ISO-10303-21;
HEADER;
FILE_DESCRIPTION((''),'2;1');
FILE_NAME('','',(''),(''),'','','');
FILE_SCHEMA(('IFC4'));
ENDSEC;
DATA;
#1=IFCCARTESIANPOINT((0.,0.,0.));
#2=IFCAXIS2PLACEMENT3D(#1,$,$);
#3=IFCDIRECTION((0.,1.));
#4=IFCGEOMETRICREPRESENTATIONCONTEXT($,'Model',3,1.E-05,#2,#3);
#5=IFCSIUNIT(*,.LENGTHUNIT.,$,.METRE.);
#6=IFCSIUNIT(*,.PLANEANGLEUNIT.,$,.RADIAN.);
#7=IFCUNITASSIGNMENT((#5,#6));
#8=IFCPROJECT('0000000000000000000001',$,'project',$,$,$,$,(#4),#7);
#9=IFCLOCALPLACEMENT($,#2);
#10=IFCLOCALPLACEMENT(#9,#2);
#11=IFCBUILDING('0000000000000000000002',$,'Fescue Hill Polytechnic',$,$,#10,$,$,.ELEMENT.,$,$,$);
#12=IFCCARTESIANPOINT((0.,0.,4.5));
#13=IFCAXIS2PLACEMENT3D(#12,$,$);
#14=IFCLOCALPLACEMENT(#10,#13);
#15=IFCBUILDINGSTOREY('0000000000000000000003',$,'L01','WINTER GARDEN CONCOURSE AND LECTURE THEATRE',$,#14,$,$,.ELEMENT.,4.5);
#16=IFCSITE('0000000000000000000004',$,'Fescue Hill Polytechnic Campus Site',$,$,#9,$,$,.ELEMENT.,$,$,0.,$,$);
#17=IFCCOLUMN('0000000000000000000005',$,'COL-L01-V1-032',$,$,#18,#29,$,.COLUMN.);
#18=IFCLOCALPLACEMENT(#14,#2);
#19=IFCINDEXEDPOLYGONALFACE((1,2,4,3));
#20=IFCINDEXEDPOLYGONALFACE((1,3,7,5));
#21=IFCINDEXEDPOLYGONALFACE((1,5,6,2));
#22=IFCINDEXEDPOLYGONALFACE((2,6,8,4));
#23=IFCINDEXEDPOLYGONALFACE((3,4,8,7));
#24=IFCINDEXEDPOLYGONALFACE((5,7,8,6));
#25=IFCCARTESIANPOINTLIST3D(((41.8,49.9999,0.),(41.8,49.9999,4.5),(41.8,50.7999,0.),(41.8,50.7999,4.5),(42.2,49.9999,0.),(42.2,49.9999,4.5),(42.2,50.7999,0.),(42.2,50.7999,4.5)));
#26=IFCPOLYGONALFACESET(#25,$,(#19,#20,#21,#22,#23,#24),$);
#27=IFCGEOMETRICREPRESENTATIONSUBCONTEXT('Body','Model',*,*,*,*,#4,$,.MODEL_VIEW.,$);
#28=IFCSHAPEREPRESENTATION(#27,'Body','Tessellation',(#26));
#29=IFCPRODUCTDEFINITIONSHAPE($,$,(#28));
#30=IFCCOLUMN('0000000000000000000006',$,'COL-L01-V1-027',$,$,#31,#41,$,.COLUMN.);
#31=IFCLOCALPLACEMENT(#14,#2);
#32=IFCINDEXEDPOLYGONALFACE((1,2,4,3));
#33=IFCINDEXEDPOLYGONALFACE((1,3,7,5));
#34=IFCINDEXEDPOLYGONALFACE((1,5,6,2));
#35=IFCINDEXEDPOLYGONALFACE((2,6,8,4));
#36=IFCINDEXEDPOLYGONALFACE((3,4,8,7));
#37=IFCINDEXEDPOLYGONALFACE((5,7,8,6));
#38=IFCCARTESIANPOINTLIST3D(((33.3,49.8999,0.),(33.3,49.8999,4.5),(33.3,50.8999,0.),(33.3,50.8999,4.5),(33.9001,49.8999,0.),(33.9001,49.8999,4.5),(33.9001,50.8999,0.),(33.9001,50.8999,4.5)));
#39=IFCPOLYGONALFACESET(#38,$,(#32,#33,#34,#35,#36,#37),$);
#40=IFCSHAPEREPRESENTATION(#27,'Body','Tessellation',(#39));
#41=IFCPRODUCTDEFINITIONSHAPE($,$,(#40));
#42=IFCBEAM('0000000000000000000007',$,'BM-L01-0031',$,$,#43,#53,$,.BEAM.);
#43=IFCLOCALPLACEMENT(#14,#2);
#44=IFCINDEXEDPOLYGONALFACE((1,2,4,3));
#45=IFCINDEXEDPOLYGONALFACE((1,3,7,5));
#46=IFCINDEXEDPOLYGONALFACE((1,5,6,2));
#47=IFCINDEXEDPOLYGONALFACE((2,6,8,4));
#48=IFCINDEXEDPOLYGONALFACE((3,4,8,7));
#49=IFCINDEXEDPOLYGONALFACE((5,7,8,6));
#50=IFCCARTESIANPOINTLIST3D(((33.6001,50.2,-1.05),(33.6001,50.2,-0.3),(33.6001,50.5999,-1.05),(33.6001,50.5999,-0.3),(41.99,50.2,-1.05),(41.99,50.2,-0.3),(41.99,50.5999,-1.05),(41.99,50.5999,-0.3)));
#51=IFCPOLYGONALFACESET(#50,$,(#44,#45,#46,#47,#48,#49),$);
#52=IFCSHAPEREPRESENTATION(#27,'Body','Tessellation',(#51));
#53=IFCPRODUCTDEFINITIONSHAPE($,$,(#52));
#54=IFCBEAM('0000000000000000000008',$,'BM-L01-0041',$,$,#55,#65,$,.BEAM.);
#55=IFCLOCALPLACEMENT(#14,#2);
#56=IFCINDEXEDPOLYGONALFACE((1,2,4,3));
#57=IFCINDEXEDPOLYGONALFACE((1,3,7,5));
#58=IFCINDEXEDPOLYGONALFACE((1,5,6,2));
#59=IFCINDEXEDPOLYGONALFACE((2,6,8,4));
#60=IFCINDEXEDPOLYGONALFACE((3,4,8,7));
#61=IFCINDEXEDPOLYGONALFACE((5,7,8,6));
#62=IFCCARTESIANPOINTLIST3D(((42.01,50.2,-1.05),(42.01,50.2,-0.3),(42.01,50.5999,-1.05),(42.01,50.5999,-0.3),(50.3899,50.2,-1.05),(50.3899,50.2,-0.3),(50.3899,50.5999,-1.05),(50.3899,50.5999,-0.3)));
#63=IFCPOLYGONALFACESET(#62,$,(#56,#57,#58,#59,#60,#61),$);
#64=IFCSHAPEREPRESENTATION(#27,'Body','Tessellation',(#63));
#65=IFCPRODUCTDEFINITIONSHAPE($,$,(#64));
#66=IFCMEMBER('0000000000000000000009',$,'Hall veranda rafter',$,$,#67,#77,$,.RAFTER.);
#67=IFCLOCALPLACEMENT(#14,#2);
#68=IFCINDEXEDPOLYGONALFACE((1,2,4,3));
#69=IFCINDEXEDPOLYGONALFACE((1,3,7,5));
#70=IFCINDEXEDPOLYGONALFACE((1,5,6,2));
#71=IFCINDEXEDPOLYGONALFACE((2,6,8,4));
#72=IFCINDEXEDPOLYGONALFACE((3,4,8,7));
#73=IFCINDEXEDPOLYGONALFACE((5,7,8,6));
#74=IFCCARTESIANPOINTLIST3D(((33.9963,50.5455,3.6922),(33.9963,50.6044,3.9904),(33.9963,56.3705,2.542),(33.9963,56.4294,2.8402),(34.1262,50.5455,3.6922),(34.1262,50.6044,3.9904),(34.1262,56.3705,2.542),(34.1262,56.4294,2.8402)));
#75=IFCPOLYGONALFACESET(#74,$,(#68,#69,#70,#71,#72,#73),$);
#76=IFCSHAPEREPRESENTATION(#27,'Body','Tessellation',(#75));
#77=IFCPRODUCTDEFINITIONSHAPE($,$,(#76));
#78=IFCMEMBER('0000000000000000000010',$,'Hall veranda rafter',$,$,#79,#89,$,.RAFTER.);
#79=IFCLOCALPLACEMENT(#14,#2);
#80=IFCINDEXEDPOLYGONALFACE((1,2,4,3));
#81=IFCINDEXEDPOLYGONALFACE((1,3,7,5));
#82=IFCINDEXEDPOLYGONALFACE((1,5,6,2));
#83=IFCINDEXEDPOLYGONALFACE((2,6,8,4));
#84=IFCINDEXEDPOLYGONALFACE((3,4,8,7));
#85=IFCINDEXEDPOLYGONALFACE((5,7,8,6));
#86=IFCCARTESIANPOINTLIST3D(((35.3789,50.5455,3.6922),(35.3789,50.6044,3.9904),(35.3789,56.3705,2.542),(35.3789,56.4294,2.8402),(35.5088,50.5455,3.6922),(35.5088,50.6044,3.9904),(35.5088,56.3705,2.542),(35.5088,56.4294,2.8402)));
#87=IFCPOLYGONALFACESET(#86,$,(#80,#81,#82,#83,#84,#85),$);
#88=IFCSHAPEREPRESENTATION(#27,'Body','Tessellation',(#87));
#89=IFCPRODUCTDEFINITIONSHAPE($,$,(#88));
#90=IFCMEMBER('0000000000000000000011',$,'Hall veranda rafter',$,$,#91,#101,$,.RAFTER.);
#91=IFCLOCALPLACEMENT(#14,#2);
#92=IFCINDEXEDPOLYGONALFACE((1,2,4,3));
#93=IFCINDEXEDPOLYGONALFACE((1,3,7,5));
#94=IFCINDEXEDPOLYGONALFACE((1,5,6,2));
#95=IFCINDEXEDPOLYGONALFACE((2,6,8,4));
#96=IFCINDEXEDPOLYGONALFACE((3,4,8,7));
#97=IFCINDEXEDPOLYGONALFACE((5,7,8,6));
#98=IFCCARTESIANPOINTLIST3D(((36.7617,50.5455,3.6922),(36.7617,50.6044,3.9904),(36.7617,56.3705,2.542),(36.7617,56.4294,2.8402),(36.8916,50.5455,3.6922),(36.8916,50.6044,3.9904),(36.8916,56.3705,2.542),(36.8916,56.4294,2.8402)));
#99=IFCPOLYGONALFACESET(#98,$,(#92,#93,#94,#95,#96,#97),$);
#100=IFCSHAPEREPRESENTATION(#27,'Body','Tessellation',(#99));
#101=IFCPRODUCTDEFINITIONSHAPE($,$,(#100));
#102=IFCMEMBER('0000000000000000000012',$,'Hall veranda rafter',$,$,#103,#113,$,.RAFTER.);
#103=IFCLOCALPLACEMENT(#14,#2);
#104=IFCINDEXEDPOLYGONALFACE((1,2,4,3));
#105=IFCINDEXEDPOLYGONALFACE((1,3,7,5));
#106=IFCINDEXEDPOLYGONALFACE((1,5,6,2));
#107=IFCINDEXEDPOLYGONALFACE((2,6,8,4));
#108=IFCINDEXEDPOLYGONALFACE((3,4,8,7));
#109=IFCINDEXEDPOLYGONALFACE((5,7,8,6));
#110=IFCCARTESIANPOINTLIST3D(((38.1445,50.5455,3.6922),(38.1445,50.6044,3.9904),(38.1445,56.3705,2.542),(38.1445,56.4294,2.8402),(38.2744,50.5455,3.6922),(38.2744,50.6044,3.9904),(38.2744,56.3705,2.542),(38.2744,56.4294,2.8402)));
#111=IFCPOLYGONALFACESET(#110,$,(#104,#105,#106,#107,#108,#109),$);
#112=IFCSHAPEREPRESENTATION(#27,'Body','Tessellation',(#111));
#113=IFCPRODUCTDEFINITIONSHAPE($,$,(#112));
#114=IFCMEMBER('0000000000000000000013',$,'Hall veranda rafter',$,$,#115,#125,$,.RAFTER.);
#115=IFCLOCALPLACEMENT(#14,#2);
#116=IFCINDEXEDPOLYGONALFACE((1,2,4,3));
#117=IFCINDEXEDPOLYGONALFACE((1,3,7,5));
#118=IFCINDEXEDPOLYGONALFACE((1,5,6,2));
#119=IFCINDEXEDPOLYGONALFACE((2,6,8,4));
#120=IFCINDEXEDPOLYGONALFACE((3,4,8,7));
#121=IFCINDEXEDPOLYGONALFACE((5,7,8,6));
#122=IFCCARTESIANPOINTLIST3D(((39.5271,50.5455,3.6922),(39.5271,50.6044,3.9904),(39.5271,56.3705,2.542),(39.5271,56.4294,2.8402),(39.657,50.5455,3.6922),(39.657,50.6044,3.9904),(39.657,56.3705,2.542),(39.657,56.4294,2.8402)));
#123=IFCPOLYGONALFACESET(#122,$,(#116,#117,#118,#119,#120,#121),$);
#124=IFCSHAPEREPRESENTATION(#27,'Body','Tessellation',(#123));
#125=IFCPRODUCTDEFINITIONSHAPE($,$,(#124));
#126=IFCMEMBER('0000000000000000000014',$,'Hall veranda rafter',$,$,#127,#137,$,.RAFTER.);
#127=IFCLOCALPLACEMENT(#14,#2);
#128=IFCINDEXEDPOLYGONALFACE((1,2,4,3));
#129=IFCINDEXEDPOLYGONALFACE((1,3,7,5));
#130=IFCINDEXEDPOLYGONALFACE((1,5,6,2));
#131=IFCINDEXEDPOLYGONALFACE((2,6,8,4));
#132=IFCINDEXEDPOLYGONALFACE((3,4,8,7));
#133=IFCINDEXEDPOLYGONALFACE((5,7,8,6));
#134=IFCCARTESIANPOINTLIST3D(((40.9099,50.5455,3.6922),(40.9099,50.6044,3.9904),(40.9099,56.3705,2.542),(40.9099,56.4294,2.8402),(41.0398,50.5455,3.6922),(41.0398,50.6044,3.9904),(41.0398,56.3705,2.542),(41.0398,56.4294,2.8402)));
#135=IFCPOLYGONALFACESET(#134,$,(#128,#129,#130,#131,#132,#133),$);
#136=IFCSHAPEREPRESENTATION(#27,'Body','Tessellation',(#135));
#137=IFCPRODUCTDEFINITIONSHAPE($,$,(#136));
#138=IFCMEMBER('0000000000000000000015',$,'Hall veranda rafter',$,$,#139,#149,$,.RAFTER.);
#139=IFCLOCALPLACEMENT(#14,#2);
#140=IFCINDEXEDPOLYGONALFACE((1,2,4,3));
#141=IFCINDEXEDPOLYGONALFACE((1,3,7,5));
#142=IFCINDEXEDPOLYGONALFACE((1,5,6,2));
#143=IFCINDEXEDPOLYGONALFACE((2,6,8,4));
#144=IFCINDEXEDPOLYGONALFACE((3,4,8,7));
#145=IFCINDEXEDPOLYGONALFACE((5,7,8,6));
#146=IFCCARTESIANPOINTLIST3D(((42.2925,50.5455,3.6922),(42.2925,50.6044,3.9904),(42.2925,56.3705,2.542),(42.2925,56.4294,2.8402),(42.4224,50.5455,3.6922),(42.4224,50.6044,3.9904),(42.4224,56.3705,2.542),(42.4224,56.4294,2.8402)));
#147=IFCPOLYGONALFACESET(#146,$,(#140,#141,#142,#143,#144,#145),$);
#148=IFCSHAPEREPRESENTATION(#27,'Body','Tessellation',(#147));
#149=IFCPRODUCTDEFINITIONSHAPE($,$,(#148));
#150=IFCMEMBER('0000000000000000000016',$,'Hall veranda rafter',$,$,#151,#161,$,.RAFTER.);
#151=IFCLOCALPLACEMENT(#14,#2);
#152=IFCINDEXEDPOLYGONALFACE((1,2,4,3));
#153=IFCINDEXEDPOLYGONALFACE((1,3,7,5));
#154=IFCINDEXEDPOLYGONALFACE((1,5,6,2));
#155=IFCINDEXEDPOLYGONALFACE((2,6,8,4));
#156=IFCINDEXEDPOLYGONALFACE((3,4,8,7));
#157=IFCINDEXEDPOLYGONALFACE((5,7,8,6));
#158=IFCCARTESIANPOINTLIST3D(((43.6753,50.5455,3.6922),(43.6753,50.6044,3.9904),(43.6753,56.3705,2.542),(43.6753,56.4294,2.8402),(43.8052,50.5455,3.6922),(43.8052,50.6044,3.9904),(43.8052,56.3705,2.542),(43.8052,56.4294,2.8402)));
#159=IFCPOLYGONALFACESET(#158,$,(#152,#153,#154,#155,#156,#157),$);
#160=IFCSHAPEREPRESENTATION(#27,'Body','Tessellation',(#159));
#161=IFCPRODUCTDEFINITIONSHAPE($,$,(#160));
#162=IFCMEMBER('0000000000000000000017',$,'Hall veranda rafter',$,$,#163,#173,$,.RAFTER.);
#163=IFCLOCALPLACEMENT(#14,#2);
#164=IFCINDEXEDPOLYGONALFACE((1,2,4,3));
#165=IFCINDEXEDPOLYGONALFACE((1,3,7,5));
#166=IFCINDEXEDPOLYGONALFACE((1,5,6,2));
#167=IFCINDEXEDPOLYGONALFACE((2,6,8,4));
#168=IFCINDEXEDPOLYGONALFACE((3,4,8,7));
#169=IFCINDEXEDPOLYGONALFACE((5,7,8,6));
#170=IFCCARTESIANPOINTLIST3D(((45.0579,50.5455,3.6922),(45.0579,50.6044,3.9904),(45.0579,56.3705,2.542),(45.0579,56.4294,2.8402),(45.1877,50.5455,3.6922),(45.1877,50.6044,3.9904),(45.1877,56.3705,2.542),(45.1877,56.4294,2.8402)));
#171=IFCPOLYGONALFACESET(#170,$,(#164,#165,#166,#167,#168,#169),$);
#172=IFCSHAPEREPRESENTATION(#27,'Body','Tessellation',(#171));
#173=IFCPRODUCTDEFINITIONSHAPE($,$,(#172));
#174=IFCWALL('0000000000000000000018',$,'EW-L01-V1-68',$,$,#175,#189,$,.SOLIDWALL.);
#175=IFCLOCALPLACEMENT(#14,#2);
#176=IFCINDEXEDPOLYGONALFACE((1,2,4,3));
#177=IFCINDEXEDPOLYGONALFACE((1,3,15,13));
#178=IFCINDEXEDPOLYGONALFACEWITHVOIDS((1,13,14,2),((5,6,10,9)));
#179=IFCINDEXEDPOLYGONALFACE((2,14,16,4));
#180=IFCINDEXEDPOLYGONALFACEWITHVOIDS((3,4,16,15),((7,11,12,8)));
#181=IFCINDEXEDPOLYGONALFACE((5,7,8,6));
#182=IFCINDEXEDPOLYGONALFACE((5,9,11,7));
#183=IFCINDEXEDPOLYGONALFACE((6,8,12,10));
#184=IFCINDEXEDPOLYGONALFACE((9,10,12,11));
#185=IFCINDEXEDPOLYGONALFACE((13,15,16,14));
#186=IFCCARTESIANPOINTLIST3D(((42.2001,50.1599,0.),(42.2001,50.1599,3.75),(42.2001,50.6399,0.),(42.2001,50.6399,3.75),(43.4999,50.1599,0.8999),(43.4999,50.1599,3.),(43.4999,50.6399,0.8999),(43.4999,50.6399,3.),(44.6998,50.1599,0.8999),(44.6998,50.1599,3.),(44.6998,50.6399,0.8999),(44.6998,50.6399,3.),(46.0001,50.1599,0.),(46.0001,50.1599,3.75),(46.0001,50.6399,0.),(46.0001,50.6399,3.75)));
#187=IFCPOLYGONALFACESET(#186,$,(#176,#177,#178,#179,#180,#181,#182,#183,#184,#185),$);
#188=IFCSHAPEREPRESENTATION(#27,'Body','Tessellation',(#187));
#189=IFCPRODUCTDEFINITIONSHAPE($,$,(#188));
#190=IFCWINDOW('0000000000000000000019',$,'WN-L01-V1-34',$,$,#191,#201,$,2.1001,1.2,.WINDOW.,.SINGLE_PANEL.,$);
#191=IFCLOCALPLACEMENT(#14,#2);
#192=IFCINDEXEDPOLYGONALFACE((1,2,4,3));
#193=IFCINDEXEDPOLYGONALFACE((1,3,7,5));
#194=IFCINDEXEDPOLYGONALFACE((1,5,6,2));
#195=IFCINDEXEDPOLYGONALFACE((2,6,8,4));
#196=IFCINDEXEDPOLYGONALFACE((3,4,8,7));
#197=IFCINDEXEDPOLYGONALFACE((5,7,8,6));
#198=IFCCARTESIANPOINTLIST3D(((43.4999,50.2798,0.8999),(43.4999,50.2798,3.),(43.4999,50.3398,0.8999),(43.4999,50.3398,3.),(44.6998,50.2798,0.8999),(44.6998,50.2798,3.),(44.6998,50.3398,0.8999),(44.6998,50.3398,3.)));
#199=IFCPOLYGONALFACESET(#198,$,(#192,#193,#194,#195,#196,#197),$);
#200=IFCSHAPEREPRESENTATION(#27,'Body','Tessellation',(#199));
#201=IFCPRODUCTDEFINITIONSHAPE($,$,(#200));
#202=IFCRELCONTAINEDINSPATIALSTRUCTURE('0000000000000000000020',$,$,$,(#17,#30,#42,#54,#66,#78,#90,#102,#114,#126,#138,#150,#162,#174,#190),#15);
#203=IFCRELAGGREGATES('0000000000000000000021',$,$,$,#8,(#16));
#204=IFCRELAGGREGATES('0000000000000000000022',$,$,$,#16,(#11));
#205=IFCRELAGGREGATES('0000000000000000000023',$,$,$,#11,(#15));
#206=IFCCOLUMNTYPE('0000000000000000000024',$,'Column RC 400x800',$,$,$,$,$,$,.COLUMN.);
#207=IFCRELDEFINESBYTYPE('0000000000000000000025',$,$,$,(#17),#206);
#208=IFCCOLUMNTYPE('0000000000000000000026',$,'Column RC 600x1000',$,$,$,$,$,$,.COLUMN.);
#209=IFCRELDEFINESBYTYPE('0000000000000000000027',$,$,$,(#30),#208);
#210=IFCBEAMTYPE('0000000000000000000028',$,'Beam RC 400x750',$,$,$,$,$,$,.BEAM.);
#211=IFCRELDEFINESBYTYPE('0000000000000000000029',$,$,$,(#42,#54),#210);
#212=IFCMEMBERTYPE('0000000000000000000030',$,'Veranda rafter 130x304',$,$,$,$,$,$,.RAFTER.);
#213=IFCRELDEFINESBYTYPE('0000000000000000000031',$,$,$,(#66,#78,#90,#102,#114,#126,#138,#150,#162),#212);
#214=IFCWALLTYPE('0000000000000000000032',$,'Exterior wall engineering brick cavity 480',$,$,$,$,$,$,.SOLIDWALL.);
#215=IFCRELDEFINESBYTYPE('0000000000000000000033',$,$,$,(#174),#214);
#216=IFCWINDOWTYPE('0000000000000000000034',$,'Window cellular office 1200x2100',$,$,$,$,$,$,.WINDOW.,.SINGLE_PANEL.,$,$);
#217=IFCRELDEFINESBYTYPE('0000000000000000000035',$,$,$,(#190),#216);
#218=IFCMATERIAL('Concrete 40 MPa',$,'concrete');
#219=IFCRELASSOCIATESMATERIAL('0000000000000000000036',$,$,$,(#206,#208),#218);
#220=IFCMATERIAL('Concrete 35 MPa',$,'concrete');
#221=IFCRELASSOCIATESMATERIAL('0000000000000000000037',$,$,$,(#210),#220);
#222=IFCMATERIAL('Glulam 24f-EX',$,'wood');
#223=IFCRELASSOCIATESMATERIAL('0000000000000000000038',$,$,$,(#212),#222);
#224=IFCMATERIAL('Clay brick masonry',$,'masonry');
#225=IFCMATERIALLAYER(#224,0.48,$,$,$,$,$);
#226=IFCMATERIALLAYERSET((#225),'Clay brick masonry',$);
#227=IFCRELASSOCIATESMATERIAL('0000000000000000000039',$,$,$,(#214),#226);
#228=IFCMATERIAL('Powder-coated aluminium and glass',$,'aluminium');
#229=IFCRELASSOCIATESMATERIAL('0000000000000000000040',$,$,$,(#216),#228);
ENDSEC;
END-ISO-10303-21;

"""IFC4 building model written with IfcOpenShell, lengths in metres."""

from ifc_helpers import new_model, si_unit, direction, frame, frame_2d, origin, origin_2d, place, context, subcontext, project, spatial, rectangle, extrude, material, layer, layer_set, material_profile, profile_set, type_object, element, fill, save


model = new_model("IFC4")

# Units and contexts
model_context = context("Model", 3, precision=1e-05, world=origin(), true_north=direction((0.0, 1.0)))
body_context = subcontext(model_context, "Body", "Model", "MODEL_VIEW")
ifc_project = project(units=[si_unit("LENGTHUNIT", "METRE"), si_unit("PLANEANGLEUNIT", "RADIAN")], contexts=[model_context])

# Site, building, storey
site_placement = place(None, origin())
site = spatial("IfcSite", under=ifc_project, at=site_placement, Name="Fescue Hill Polytechnic Campus Site", CompositionType="ELEMENT", RefElevation=0.0)
building_placement = place(site_placement, origin())
building = spatial("IfcBuilding", under=site, at=building_placement, Name="Fescue Hill Polytechnic", CompositionType="ELEMENT")
storey_placement = place(building_placement, frame((0.0, 0.0, 4.5)))
storey = spatial("IfcBuildingStorey", under=building, at=storey_placement, Name="L01", Description="WINTER GARDEN CONCOURSE AND LECTURE THEATRE", CompositionType="ELEMENT", Elevation=4.5)

# Columns
ifc_material_1 = material(Name="Concrete 40 MPa", Category="concrete")
ifc_material_profile_1 = material_profile(ifc_material_1, rectangle(XDim=0.3999, YDim=0.8, at=origin_2d()), Name="RC 400x800")
ifc_profile_set_1 = profile_set([ifc_material_profile_1], Name="Concrete 40 MPa")
column_type_1 = type_object("IfcColumnType", Name="Column RC 400x800", PredefinedType="COLUMN", material=ifc_profile_set_1)
column_1_placement = place(storey_placement, frame((42.0, 50.3999, 0.0), z_axis=(0.0, 0.0, 1.0), x_axis=(1.0, 0.0, 0.0)))
element("IfcColumn", 1, at=column_1_placement, inside=storey, type_object=column_type_1, Name="COL-L01-V1-032", PredefinedType="COLUMN", context=body_context, shape_type="SweptSolid", body=[
    extrude(rectangle(XDim=0.3999, YDim=0.8, at=origin_2d()), origin(), (0.0, 0.0, 1.0), 4.5),
])
ifc_material_profile_2 = material_profile(ifc_material_1, rectangle(XDim=0.6001, YDim=1.0, at=origin_2d()), Name="RC 600x1000")
ifc_profile_set_2 = profile_set([ifc_material_profile_2], Name="Concrete 40 MPa")
column_type_2 = type_object("IfcColumnType", Name="Column RC 600x1000", PredefinedType="COLUMN", material=ifc_profile_set_2)
column_2_placement = place(storey_placement, frame((33.6001, 50.3999, 0.0), z_axis=(0.0, 0.0, 1.0), x_axis=(1.0, 0.0, 0.0)))
element("IfcColumn", 2, at=column_2_placement, inside=storey, type_object=column_type_2, Name="COL-L01-V1-027", PredefinedType="COLUMN", context=body_context, shape_type="SweptSolid", body=[
    extrude(rectangle(XDim=0.6001, YDim=1.0, at=origin_2d()), origin(), (0.0, 0.0, 1.0), 4.5),
])

# Beams
ifc_material_2 = material(Name="Concrete 35 MPa", Category="concrete")
ifc_material_profile_3 = material_profile(ifc_material_2, rectangle(XDim=0.3999, YDim=0.75, at=origin_2d()), Name="RC 400x750")
ifc_profile_set_3 = profile_set([ifc_material_profile_3], Name="Concrete 35 MPa")
beam_type = type_object("IfcBeamType", Name="Beam RC 400x750", PredefinedType="BEAM", material=ifc_profile_set_3)
beam_1_placement = place(storey_placement, frame((33.6001, 50.3999, -0.675), z_axis=(1.0, 0.0, 0.0), x_axis=(0.0, 1.0, 0.0)))
element("IfcBeam", 3, at=beam_1_placement, inside=storey, type_object=beam_type, Name="BM-L01-0031", PredefinedType="BEAM", context=body_context, shape_type="SweptSolid", body=[
    extrude(rectangle(XDim=0.3999, YDim=0.75, at=origin_2d()), origin(), (0.0, 0.0, 1.0), 8.3899),
])
beam_2_placement = place(storey_placement, frame((42.01, 50.3999, -0.675), z_axis=(1.0, 0.0, 0.0), x_axis=(0.0, 1.0, 0.0)))
element("IfcBeam", 4, at=beam_2_placement, inside=storey, type_object=beam_type, Name="BM-L01-0041", PredefinedType="BEAM", context=body_context, shape_type="SweptSolid", body=[
    extrude(rectangle(XDim=0.3999, YDim=0.75, at=origin_2d()), origin(), (0.0, 0.0, 1.0), 8.3799),
])

# Members
ifc_material_3 = material(Name="Glulam 24f-EX", Category="wood")
ifc_material_profile_4 = material_profile(ifc_material_3, rectangle(XDim=0.1299, YDim=0.304, at=origin_2d()), Name="Veranda rafter 130x304")
ifc_profile_set_4 = profile_set([ifc_material_profile_4], Name="Glulam 24f-EX")
member_type = type_object("IfcMemberType", Name="Veranda rafter 130x304", PredefinedType="RAFTER", material=ifc_profile_set_4)
for number, where, z_axis, x_axis, name in (
    (5, (34.0613, 50.575, 3.8413), (0.0, 0.981059, -0.193712), (-1.0, 0.0, 0.0), "Hall veranda rafter"),
    (6, (35.4438, 50.575, 3.8413), (0.0, 0.981059, -0.193712), (-1.0, 0.0, 0.0), "Hall veranda rafter"),
    (7, (36.8267, 50.575, 3.8413), (0.0, 0.981059, -0.193712), (-1.0, 0.0, 0.0), "Hall veranda rafter"),
    (8, (38.2095, 50.575, 3.8413), (0.0, 0.981059, -0.193712), (-1.0, 0.0, 0.0), "Hall veranda rafter"),
    (9, (39.592, 50.575, 3.8413), (0.0, 0.981059, -0.193712), (-1.0, 0.0, 0.0), "Hall veranda rafter"),
    (10, (40.9749, 50.575, 3.8413), (0.0, 0.981059, -0.193712), (-1.0, 0.0, 0.0), "Hall veranda rafter"),
    (11, (42.3574, 50.575, 3.8413), (0.0, 0.981059, -0.193712), (-1.0, 0.0, 0.0), "Hall veranda rafter"),
    (12, (43.7402, 50.575, 3.8413), (0.0, 0.981059, -0.193712), (-1.0, 0.0, 0.0), "Hall veranda rafter"),
    (13, (45.1228, 50.575, 3.8413), (0.0, 0.981059, -0.193712), (-1.0, 0.0, 0.0), "Hall veranda rafter"),
):
    element("IfcMember", number, at=place(storey_placement, frame(where, z_axis=z_axis, x_axis=x_axis)), inside=storey, type_object=member_type, Name=name, PredefinedType="RAFTER", context=body_context, shape_type="SweptSolid", body=[
        extrude(rectangle(XDim=0.1299, YDim=0.304, at=origin_2d()), origin(), (0.0, 0.0, 1.0), 5.9375),
    ])

# Wall, opening, window
ifc_material_4 = material(Name="Clay brick masonry", Category="masonry")
ifc_layer_1 = layer(ifc_material_4, 0.48)
ifc_layer_set_1 = layer_set([ifc_layer_1], Name="Clay brick masonry")
wall_type_1 = type_object("IfcWallType", Name="Exterior wall engineering brick cavity 480", PredefinedType="SOLIDWALL", material=ifc_layer_set_1)
wall_1_placement = place(storey_placement, frame((46.0, 50.3999, 0.0), z_axis=(0.0, 0.0, 1.0), x_axis=(-1.0, 0.0, 0.0)))
wall_1 = element("IfcWall", 14, at=wall_1_placement, inside=storey, type_object=wall_type_1, Name="EW-L01-V1-68", PredefinedType="SOLIDWALL", context=body_context, shape_type="SweptSolid", body=[
    extrude(rectangle(XDim=3.8, YDim=0.48, at=frame_2d((1.8999, 0.0))), origin(), (0.0, 0.0, 1.0), 3.75),
])
opening_1_placement = place(wall_1_placement, frame((1.3, 0.0, 0.8999)))
opening_1 = element("IfcOpeningElement", 15, at=opening_1_placement, cuts=wall_1, PredefinedType="OPENING", context=body_context, shape_type="SweptSolid", body=[
    extrude(rectangle(XDim=1.2, YDim=2.1001, at=frame_2d((0.6001, 1.05))), frame((0.0, 0.25, 0.0), z_axis=(0.0, -1.0, 0.0), x_axis=(1.0, 0.0, 0.0)), (0.0, 0.0, 1.0), 0.5),
])
ifc_material_5 = material(Name="Powder-coated aluminium and glass", Category="aluminium")
window_type = type_object("IfcWindowType", Name="Window cellular office 1200x2100", PartitioningType="SINGLE_PANEL", PredefinedType="WINDOW", material=ifc_material_5)
window_1_placement = place(opening_1_placement, origin())
window_1 = element("IfcWindow", 16, at=window_1_placement, inside=storey, type_object=window_type, Name="WN-L01-V1-34", OverallHeight=2.1001, OverallWidth=1.2, PartitioningType="SINGLE_PANEL", PredefinedType="WINDOW", context=body_context, shape_type="SweptSolid", body=[
    extrude(rectangle(XDim=1.2, YDim=2.1001, at=frame_2d((0.6001, 1.05))), frame((0.0, 0.1201, 0.0), z_axis=(0.0, -1.0, 0.0), x_axis=(1.0, 0.0, 0.0)), (0.0, 0.0, 1.0), 0.0601),
])
fill(opening_1, window_1)

save(model, "model.ifc")
